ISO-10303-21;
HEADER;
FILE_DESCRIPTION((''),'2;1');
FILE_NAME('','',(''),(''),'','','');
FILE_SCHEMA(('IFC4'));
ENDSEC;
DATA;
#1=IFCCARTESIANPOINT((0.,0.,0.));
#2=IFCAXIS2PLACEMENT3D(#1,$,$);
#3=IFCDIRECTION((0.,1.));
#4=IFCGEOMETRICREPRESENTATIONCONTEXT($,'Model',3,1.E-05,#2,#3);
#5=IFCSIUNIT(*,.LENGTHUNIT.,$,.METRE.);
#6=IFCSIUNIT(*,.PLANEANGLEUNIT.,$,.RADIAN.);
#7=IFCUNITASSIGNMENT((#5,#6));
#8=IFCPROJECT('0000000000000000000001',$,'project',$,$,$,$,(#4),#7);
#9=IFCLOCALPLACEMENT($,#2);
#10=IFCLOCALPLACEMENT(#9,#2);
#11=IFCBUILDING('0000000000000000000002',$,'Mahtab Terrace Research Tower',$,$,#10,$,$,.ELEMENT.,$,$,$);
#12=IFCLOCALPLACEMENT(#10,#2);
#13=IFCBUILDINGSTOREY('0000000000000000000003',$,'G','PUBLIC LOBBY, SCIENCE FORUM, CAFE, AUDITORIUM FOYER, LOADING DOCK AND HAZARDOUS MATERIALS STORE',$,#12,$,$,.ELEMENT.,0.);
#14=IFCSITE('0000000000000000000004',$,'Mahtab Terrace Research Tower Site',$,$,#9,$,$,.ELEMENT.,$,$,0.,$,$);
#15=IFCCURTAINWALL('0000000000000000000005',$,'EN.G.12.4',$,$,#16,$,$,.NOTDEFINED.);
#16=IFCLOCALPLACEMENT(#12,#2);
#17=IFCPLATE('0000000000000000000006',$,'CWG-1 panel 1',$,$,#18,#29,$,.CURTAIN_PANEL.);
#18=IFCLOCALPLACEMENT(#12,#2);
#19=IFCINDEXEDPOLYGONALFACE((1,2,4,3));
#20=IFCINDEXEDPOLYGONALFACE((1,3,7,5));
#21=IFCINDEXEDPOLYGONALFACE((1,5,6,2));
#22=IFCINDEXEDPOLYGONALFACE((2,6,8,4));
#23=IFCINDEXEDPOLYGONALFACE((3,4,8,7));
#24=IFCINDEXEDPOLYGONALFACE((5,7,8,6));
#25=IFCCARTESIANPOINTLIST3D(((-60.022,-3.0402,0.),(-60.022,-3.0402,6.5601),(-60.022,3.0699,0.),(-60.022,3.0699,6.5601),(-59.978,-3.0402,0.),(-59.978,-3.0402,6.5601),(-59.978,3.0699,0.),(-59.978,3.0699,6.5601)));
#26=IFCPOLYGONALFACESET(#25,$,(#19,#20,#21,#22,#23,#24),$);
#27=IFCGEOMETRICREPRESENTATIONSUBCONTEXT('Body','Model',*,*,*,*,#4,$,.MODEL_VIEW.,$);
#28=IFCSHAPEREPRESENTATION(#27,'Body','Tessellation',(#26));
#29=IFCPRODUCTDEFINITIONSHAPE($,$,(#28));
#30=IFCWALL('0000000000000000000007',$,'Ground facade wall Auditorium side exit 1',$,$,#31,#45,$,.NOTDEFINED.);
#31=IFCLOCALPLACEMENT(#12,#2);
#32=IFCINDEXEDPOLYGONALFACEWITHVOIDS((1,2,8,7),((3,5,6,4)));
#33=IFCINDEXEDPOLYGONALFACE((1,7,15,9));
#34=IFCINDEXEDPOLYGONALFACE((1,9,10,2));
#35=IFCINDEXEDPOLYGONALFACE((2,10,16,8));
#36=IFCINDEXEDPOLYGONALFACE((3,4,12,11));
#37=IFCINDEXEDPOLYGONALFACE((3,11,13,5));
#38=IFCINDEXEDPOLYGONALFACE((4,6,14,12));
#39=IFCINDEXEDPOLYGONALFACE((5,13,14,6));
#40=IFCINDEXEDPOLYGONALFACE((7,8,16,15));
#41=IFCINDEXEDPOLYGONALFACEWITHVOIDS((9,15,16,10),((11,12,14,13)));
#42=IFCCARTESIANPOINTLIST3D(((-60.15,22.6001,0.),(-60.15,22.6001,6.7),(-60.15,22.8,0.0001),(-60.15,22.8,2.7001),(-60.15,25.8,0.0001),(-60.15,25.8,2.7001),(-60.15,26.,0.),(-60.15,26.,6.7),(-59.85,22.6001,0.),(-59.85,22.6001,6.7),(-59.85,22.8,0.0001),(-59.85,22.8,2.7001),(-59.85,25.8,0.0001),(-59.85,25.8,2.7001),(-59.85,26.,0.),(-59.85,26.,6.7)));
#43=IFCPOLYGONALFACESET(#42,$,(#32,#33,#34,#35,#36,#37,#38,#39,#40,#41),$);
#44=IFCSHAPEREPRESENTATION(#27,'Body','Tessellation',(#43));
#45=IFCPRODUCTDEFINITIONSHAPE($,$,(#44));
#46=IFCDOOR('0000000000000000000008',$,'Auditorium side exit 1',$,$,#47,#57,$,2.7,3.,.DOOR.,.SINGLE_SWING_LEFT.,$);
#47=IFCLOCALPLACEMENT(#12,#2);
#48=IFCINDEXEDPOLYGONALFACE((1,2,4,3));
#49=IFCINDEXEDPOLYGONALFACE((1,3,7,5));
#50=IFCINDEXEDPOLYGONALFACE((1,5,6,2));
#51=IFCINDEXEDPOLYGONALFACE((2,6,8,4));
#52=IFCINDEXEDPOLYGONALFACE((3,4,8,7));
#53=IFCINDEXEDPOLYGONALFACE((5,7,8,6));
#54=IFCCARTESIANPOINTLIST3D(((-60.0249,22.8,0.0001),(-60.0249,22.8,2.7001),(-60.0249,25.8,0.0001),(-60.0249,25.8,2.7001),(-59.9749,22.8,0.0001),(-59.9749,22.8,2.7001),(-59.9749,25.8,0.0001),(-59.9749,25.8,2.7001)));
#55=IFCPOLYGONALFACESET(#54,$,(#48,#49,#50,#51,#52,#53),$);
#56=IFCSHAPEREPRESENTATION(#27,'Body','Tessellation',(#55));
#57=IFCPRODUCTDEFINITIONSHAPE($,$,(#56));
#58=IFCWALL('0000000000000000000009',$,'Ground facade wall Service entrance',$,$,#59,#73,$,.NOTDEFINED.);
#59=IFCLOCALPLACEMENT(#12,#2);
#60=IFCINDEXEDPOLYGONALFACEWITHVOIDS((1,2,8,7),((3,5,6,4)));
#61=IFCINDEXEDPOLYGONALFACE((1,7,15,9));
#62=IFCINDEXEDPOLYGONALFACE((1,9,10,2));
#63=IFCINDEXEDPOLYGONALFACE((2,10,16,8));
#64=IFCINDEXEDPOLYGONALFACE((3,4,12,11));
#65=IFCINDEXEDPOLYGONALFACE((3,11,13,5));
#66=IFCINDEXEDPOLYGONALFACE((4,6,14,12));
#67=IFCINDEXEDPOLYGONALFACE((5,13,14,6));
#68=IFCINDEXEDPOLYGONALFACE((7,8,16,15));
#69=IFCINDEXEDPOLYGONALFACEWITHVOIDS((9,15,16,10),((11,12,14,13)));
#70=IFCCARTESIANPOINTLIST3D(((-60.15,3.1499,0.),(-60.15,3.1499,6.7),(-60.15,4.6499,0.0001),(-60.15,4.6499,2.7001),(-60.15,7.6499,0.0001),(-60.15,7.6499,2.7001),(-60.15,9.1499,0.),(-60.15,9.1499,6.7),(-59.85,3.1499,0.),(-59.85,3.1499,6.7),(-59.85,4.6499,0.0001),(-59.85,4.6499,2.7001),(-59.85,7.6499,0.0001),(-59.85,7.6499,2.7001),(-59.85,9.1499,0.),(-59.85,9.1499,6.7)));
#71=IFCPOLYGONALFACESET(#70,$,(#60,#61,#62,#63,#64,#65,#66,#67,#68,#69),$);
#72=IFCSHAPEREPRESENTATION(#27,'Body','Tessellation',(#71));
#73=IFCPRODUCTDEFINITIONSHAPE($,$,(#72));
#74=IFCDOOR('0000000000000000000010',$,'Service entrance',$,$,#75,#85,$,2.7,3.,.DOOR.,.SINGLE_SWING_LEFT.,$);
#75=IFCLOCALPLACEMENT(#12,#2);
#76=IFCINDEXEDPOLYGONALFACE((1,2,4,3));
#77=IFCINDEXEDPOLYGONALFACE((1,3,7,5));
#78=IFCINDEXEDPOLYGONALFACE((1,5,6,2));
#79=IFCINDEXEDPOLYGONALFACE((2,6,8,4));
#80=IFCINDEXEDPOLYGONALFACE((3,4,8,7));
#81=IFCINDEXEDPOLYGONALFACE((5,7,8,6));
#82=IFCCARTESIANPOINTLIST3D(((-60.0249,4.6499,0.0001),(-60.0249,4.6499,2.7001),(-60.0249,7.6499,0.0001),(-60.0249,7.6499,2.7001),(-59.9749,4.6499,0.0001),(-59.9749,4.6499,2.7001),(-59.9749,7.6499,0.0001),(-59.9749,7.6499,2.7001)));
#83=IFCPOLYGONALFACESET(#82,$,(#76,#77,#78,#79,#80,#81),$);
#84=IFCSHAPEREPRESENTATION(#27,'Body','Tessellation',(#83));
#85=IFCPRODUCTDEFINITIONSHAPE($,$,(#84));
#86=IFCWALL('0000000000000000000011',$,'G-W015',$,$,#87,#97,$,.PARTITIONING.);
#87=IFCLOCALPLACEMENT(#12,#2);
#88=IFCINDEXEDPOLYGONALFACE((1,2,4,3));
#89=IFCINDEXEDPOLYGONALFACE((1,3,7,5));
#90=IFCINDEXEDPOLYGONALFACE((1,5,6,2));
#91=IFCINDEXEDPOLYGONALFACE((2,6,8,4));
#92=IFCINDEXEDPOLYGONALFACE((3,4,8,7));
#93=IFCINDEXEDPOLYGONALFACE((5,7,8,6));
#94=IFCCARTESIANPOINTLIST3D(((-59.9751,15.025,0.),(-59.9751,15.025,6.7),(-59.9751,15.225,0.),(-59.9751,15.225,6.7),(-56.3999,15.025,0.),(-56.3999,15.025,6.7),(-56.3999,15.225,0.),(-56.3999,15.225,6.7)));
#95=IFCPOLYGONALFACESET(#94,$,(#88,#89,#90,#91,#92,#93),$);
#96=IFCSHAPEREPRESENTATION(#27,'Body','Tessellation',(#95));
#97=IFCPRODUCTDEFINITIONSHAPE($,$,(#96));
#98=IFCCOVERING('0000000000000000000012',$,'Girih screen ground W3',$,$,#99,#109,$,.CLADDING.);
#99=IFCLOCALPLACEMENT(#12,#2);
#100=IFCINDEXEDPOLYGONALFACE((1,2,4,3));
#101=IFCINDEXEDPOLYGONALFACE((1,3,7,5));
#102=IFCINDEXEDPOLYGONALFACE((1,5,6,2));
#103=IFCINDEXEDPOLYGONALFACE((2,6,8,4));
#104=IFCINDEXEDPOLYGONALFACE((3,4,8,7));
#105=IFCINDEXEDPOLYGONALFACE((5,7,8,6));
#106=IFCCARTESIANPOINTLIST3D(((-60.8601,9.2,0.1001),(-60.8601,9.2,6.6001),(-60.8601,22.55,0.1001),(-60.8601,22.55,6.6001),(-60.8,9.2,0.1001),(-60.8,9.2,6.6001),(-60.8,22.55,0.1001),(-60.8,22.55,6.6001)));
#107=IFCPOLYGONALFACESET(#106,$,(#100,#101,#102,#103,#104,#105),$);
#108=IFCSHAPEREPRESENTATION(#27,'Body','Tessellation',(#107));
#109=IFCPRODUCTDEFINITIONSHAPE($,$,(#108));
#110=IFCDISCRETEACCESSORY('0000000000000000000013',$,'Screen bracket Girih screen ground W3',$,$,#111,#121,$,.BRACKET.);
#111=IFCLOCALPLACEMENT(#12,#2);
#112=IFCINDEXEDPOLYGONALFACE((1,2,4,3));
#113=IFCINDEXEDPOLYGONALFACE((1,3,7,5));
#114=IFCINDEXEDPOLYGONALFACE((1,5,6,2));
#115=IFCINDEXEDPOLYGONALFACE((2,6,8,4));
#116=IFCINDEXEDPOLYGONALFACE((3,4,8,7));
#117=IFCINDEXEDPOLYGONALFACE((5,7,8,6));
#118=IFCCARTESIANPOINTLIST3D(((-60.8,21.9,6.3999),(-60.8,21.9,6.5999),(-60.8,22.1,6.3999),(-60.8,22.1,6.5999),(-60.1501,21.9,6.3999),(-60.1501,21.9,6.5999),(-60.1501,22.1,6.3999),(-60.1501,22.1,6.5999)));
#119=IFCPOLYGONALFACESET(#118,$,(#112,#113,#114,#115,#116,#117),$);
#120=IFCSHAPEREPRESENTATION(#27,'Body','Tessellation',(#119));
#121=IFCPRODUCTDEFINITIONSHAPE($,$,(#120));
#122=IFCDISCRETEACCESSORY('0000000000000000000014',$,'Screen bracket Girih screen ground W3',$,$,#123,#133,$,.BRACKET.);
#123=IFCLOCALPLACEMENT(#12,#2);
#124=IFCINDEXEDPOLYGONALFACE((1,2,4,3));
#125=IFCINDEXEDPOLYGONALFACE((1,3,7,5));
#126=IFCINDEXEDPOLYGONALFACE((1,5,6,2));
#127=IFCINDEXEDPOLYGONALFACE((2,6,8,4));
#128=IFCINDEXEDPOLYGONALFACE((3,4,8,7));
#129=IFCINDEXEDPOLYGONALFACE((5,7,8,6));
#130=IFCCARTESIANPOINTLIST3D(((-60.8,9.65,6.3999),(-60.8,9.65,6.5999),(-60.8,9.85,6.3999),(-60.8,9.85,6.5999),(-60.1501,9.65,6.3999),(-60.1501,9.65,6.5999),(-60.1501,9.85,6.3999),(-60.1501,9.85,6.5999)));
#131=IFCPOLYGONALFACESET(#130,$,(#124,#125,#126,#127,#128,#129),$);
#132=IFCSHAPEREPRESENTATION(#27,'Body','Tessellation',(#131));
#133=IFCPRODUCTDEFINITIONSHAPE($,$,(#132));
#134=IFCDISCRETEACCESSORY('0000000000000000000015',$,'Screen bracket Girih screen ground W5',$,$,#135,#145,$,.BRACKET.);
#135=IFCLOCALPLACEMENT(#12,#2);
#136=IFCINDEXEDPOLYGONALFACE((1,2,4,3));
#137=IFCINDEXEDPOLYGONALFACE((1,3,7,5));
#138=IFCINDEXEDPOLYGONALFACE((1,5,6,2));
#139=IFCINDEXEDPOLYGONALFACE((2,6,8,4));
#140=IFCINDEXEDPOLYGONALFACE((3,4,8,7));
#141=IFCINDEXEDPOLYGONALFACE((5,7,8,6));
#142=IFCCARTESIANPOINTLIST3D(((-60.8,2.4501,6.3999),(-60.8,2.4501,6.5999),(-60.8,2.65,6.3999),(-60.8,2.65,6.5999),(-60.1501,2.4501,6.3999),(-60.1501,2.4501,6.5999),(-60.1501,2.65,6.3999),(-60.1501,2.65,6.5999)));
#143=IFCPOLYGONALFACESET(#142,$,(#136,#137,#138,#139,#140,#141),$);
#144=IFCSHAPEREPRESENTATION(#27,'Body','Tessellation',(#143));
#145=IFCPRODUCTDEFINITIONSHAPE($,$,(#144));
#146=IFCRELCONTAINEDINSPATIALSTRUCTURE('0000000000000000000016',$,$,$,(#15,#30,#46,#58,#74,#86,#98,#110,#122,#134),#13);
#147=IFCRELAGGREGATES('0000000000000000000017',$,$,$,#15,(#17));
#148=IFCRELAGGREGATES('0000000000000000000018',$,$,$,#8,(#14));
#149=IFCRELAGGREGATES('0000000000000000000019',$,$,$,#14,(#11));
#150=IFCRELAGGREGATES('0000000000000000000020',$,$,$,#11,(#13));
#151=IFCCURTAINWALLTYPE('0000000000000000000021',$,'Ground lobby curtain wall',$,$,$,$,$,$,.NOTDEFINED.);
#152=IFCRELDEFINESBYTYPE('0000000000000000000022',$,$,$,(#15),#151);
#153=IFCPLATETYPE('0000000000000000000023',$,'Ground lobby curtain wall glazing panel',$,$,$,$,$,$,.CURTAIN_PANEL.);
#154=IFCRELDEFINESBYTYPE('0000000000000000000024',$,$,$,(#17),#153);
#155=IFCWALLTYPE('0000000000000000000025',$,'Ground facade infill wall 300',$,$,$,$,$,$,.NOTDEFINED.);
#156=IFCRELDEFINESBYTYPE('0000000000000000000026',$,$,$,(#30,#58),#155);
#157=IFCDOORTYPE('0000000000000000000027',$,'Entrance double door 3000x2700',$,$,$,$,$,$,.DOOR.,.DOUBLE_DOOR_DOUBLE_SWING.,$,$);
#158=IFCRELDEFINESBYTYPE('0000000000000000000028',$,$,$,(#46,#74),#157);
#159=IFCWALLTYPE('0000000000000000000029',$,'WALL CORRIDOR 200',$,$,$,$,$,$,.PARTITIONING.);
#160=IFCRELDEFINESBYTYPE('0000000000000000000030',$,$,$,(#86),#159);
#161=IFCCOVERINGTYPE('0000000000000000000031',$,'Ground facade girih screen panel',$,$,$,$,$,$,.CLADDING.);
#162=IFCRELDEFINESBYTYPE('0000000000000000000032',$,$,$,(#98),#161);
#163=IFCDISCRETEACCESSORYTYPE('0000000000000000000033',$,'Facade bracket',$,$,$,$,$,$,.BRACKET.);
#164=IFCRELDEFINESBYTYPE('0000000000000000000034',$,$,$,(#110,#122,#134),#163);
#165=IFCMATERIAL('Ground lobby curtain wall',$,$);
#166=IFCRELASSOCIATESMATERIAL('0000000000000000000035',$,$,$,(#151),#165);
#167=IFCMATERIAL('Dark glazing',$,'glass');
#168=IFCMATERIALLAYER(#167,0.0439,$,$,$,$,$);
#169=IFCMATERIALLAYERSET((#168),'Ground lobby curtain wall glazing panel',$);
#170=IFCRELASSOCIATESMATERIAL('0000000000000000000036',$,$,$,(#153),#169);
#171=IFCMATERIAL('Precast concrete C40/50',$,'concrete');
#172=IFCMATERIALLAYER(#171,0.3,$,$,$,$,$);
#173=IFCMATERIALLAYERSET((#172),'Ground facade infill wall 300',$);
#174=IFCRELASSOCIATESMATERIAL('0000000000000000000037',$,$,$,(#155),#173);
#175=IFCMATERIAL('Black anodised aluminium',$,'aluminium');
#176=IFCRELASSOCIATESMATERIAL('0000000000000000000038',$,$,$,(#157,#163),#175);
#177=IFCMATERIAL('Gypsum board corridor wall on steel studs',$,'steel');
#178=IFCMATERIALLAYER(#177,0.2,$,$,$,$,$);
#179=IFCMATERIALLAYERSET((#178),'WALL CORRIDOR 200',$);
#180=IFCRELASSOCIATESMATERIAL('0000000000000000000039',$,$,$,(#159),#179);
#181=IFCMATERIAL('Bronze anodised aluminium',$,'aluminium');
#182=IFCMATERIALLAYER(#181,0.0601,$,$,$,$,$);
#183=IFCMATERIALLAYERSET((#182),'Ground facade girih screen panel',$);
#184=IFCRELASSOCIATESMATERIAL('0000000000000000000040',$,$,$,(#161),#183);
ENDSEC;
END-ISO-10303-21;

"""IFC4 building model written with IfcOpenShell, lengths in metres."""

from ifc_helpers import new_model, si_unit, direction, frame, frame_2d, origin, origin_2d, place, context, subcontext, project, spatial, rectangle, extrude, material, layer, layer_set, type_object, element, fill, aggregate, save


model = new_model("IFC4")

# Units and contexts
model_context = context("Model", 3, precision=1e-05, world=origin(), true_north=direction((0.0, 1.0)))
body_context = subcontext(model_context, "Body", "Model", "MODEL_VIEW")
ifc_project = project(units=[si_unit("LENGTHUNIT", "METRE"), si_unit("PLANEANGLEUNIT", "RADIAN")], contexts=[model_context])

# Site, building, storey
site_placement = place(None, origin())
site = spatial("IfcSite", under=ifc_project, at=site_placement, Name="Mahtab Terrace Research Tower Site", CompositionType="ELEMENT", RefElevation=0.0)
building_placement = place(site_placement, origin())
building = spatial("IfcBuilding", under=site, at=building_placement, Name="Mahtab Terrace Research Tower", CompositionType="ELEMENT")
storey_placement = place(building_placement, origin())
storey = spatial("IfcBuildingStorey", under=building, at=storey_placement, Name="G", Description="PUBLIC LOBBY, SCIENCE FORUM, CAFE, AUDITORIUM FOYER, LOADING DOCK AND HAZARDOUS MATERIALS STORE", CompositionType="ELEMENT", Elevation=0.0)

# Shared definitions
ifc_material_1 = material(Name="Ground lobby curtain wall")
curtain_wall_type = type_object("IfcCurtainWallType", Name="Ground lobby curtain wall", PredefinedType="NOTDEFINED", material=ifc_material_1)

# Curtain wall
curtain_wall_1_placement = place(storey_placement, origin())
curtain_wall_1 = element("IfcCurtainWall", 1, at=curtain_wall_1_placement, inside=storey, type_object=curtain_wall_type, Name="EN.G.12.4", PredefinedType="NOTDEFINED")

# Plate
ifc_material_2 = material(Name="Dark glazing", Category="glass")
ifc_layer_1 = layer(ifc_material_2, 0.0439)
ifc_layer_set_1 = layer_set([ifc_layer_1], Name="Ground lobby curtain wall glazing panel")
plate_type = type_object("IfcPlateType", Name="Ground lobby curtain wall glazing panel", PredefinedType="CURTAIN_PANEL", material=ifc_layer_set_1)
plate_1_placement = place(storey_placement, frame((-60.0, 0.0149, 0.0), z_axis=(0.0, 0.0, 1.0), x_axis=(0.0, -1.0, 0.0)))
plate_1 = element("IfcPlate", 2, at=plate_1_placement, type_object=plate_type, Name="CWG-1 panel 1", PredefinedType="CURTAIN_PANEL", context=body_context, shape_type="SweptSolid", body=[
    extrude(rectangle(XDim=6.1101, YDim=0.0439, at=origin_2d()), origin(), (0.0, 0.0, 1.0), 6.5601),
])
aggregate(curtain_wall_1, [plate_1])

# Walls, openings, doors
ifc_material_3 = material(Name="Precast concrete C40/50", Category="concrete")
ifc_layer_2 = layer(ifc_material_3, 0.3)
ifc_layer_set_2 = layer_set([ifc_layer_2], Name="Ground facade infill wall 300")
wall_type_1 = type_object("IfcWallType", Name="Ground facade infill wall 300", PredefinedType="NOTDEFINED", material=ifc_layer_set_2)
wall_1_placement = place(storey_placement, frame((-60.0, 22.6001, 0.0), z_axis=(0.0, 0.0, 1.0), x_axis=(0.0, 1.0, 0.0)))
wall_1 = element("IfcWall", 3, at=wall_1_placement, inside=storey, type_object=wall_type_1, Name="Ground facade wall Auditorium side exit 1", PredefinedType="NOTDEFINED", context=body_context, shape_type="SweptSolid", body=[
    extrude(rectangle(XDim=3.3999, YDim=0.3, at=frame_2d((1.7, 0.0))), origin(), (0.0, 0.0, 1.0), 6.7),
])
opening_1_placement = place(wall_1_placement, frame((0.2, 0.0, 0.0)))
opening_1 = element("IfcOpeningElement", 4, at=opening_1_placement, cuts=wall_1, PredefinedType="OPENING", context=body_context, shape_type="SweptSolid", body=[
    extrude(rectangle(XDim=3.0, YDim=2.7, at=frame_2d((1.5, 1.3501))), frame((0.0, 0.1599, 0.0), z_axis=(0.0, -1.0, 0.0), x_axis=(1.0, 0.0, 0.0)), (0.0, 0.0, 1.0), 0.3201),
])
ifc_material_4 = material(Name="Black anodised aluminium", Category="aluminium")
door_type = type_object("IfcDoorType", Name="Entrance double door 3000x2700", OperationType="DOUBLE_DOOR_DOUBLE_SWING", PredefinedType="DOOR", material=ifc_material_4)
door_1_placement = place(opening_1_placement, origin())
door_1 = element("IfcDoor", 5, at=door_1_placement, inside=storey, type_object=door_type, Name="Auditorium side exit 1", OperationType="SINGLE_SWING_LEFT", OverallHeight=2.7, OverallWidth=3.0, PredefinedType="DOOR", context=body_context, shape_type="SweptSolid", body=[
    extrude(rectangle(XDim=3.0, YDim=2.7, at=frame_2d((1.5, 1.3501))), frame((0.0, 0.0249, 0.0), z_axis=(0.0, -1.0, 0.0), x_axis=(1.0, 0.0, 0.0)), (0.0, 0.0, 1.0), 0.05),
])
fill(opening_1, door_1)
wall_2_placement = place(storey_placement, frame((-60.0, 3.1499, 0.0), z_axis=(0.0, 0.0, 1.0), x_axis=(0.0, 1.0, 0.0)))
wall_2 = element("IfcWall", 6, at=wall_2_placement, inside=storey, type_object=wall_type_1, Name="Ground facade wall Service entrance", PredefinedType="NOTDEFINED", context=body_context, shape_type="SweptSolid", body=[
    extrude(rectangle(XDim=6.0, YDim=0.3, at=frame_2d((3.0, 0.0))), origin(), (0.0, 0.0, 1.0), 6.7),
])
opening_2_placement = place(wall_2_placement, frame((1.5, 0.0, 0.0)))
opening_2 = element("IfcOpeningElement", 7, at=opening_2_placement, cuts=wall_2, PredefinedType="OPENING", context=body_context, shape_type="SweptSolid", body=[
    extrude(rectangle(XDim=3.0, YDim=2.7, at=frame_2d((1.5, 1.3501))), frame((0.0, 0.1599, 0.0), z_axis=(0.0, -1.0, 0.0), x_axis=(1.0, 0.0, 0.0)), (0.0, 0.0, 1.0), 0.3201),
])
door_2_placement = place(opening_2_placement, origin())
door_2 = element("IfcDoor", 8, at=door_2_placement, inside=storey, type_object=door_type, Name="Service entrance", OperationType="SINGLE_SWING_LEFT", OverallHeight=2.7, OverallWidth=3.0, PredefinedType="DOOR", context=body_context, shape_type="SweptSolid", body=[
    extrude(rectangle(XDim=3.0, YDim=2.7, at=frame_2d((1.5, 1.3501))), frame((0.0, 0.0249, 0.0), z_axis=(0.0, -1.0, 0.0), x_axis=(1.0, 0.0, 0.0)), (0.0, 0.0, 1.0), 0.05),
])
fill(opening_2, door_2)

# Wall
ifc_material_5 = material(Name="Gypsum board corridor wall on steel studs", Category="steel")
ifc_layer_3 = layer(ifc_material_5, 0.2)
ifc_layer_set_3 = layer_set([ifc_layer_3], Name="WALL CORRIDOR 200")
wall_type_2 = type_object("IfcWallType", Name="WALL CORRIDOR 200", PredefinedType="PARTITIONING", material=ifc_layer_set_3)
wall_3_placement = place(storey_placement, frame((-59.9751, 15.125, 0.0), z_axis=(0.0, 0.0, 1.0), x_axis=(1.0, 0.0, 0.0)))
element("IfcWall", 9, at=wall_3_placement, inside=storey, type_object=wall_type_2, Name="G-W015", PredefinedType="PARTITIONING", context=body_context, shape_type="SweptSolid", body=[
    extrude(rectangle(XDim=3.5752, YDim=0.2, at=frame_2d((1.7876, 0.0))), origin(), (0.0, 0.0, 1.0), 6.7),
])

# Covering
ifc_material_6 = material(Name="Bronze anodised aluminium", Category="aluminium")
ifc_layer_4 = layer(ifc_material_6, 0.0601)
ifc_layer_set_4 = layer_set([ifc_layer_4], Name="Ground facade girih screen panel")
covering_type = type_object("IfcCoveringType", Name="Ground facade girih screen panel", PredefinedType="CLADDING", material=ifc_layer_set_4)
covering_placement = place(storey_placement, frame((-60.8301, 15.875, 0.1001), z_axis=(0.0, 0.0, 1.0), x_axis=(0.0, -1.0, 0.0)))
element("IfcCovering", 10, at=covering_placement, inside=storey, type_object=covering_type, Name="Girih screen ground W3", PredefinedType="CLADDING", context=body_context, shape_type="SweptSolid", body=[
    extrude(rectangle(XDim=13.3501, YDim=0.0601, at=origin_2d()), origin(), (0.0, 0.0, 1.0), 6.5),
])

# Discrete accessories
discrete_accessory_type = type_object("IfcDiscreteAccessoryType", Name="Facade bracket", PredefinedType="BRACKET", material=ifc_material_4)
for number, where, z_axis, x_axis, name in (
    (11, (-60.4751, 22.0, 6.3999), (0.0, 0.0, 1.0), (0.0, -1.0, 0.0), "Screen bracket Girih screen ground W3"),
    (12, (-60.4751, 9.75, 6.3999), (0.0, 0.0, 1.0), (0.0, -1.0, 0.0), "Screen bracket Girih screen ground W3"),
    (13, (-60.4751, 2.55, 6.3999), (0.0, 0.0, 1.0), (0.0, -1.0, 0.0), "Screen bracket Girih screen ground W5"),
):
    element("IfcDiscreteAccessory", number, at=place(storey_placement, frame(where, z_axis=z_axis, x_axis=x_axis)), inside=storey, type_object=discrete_accessory_type, Name=name, PredefinedType="BRACKET", context=body_context, shape_type="SweptSolid", body=[
        extrude(rectangle(XDim=0.2, YDim=0.6499, at=origin_2d()), origin(), (0.0, 0.0, 1.0), 0.2),
    ])

save(model, "model.ifc")
